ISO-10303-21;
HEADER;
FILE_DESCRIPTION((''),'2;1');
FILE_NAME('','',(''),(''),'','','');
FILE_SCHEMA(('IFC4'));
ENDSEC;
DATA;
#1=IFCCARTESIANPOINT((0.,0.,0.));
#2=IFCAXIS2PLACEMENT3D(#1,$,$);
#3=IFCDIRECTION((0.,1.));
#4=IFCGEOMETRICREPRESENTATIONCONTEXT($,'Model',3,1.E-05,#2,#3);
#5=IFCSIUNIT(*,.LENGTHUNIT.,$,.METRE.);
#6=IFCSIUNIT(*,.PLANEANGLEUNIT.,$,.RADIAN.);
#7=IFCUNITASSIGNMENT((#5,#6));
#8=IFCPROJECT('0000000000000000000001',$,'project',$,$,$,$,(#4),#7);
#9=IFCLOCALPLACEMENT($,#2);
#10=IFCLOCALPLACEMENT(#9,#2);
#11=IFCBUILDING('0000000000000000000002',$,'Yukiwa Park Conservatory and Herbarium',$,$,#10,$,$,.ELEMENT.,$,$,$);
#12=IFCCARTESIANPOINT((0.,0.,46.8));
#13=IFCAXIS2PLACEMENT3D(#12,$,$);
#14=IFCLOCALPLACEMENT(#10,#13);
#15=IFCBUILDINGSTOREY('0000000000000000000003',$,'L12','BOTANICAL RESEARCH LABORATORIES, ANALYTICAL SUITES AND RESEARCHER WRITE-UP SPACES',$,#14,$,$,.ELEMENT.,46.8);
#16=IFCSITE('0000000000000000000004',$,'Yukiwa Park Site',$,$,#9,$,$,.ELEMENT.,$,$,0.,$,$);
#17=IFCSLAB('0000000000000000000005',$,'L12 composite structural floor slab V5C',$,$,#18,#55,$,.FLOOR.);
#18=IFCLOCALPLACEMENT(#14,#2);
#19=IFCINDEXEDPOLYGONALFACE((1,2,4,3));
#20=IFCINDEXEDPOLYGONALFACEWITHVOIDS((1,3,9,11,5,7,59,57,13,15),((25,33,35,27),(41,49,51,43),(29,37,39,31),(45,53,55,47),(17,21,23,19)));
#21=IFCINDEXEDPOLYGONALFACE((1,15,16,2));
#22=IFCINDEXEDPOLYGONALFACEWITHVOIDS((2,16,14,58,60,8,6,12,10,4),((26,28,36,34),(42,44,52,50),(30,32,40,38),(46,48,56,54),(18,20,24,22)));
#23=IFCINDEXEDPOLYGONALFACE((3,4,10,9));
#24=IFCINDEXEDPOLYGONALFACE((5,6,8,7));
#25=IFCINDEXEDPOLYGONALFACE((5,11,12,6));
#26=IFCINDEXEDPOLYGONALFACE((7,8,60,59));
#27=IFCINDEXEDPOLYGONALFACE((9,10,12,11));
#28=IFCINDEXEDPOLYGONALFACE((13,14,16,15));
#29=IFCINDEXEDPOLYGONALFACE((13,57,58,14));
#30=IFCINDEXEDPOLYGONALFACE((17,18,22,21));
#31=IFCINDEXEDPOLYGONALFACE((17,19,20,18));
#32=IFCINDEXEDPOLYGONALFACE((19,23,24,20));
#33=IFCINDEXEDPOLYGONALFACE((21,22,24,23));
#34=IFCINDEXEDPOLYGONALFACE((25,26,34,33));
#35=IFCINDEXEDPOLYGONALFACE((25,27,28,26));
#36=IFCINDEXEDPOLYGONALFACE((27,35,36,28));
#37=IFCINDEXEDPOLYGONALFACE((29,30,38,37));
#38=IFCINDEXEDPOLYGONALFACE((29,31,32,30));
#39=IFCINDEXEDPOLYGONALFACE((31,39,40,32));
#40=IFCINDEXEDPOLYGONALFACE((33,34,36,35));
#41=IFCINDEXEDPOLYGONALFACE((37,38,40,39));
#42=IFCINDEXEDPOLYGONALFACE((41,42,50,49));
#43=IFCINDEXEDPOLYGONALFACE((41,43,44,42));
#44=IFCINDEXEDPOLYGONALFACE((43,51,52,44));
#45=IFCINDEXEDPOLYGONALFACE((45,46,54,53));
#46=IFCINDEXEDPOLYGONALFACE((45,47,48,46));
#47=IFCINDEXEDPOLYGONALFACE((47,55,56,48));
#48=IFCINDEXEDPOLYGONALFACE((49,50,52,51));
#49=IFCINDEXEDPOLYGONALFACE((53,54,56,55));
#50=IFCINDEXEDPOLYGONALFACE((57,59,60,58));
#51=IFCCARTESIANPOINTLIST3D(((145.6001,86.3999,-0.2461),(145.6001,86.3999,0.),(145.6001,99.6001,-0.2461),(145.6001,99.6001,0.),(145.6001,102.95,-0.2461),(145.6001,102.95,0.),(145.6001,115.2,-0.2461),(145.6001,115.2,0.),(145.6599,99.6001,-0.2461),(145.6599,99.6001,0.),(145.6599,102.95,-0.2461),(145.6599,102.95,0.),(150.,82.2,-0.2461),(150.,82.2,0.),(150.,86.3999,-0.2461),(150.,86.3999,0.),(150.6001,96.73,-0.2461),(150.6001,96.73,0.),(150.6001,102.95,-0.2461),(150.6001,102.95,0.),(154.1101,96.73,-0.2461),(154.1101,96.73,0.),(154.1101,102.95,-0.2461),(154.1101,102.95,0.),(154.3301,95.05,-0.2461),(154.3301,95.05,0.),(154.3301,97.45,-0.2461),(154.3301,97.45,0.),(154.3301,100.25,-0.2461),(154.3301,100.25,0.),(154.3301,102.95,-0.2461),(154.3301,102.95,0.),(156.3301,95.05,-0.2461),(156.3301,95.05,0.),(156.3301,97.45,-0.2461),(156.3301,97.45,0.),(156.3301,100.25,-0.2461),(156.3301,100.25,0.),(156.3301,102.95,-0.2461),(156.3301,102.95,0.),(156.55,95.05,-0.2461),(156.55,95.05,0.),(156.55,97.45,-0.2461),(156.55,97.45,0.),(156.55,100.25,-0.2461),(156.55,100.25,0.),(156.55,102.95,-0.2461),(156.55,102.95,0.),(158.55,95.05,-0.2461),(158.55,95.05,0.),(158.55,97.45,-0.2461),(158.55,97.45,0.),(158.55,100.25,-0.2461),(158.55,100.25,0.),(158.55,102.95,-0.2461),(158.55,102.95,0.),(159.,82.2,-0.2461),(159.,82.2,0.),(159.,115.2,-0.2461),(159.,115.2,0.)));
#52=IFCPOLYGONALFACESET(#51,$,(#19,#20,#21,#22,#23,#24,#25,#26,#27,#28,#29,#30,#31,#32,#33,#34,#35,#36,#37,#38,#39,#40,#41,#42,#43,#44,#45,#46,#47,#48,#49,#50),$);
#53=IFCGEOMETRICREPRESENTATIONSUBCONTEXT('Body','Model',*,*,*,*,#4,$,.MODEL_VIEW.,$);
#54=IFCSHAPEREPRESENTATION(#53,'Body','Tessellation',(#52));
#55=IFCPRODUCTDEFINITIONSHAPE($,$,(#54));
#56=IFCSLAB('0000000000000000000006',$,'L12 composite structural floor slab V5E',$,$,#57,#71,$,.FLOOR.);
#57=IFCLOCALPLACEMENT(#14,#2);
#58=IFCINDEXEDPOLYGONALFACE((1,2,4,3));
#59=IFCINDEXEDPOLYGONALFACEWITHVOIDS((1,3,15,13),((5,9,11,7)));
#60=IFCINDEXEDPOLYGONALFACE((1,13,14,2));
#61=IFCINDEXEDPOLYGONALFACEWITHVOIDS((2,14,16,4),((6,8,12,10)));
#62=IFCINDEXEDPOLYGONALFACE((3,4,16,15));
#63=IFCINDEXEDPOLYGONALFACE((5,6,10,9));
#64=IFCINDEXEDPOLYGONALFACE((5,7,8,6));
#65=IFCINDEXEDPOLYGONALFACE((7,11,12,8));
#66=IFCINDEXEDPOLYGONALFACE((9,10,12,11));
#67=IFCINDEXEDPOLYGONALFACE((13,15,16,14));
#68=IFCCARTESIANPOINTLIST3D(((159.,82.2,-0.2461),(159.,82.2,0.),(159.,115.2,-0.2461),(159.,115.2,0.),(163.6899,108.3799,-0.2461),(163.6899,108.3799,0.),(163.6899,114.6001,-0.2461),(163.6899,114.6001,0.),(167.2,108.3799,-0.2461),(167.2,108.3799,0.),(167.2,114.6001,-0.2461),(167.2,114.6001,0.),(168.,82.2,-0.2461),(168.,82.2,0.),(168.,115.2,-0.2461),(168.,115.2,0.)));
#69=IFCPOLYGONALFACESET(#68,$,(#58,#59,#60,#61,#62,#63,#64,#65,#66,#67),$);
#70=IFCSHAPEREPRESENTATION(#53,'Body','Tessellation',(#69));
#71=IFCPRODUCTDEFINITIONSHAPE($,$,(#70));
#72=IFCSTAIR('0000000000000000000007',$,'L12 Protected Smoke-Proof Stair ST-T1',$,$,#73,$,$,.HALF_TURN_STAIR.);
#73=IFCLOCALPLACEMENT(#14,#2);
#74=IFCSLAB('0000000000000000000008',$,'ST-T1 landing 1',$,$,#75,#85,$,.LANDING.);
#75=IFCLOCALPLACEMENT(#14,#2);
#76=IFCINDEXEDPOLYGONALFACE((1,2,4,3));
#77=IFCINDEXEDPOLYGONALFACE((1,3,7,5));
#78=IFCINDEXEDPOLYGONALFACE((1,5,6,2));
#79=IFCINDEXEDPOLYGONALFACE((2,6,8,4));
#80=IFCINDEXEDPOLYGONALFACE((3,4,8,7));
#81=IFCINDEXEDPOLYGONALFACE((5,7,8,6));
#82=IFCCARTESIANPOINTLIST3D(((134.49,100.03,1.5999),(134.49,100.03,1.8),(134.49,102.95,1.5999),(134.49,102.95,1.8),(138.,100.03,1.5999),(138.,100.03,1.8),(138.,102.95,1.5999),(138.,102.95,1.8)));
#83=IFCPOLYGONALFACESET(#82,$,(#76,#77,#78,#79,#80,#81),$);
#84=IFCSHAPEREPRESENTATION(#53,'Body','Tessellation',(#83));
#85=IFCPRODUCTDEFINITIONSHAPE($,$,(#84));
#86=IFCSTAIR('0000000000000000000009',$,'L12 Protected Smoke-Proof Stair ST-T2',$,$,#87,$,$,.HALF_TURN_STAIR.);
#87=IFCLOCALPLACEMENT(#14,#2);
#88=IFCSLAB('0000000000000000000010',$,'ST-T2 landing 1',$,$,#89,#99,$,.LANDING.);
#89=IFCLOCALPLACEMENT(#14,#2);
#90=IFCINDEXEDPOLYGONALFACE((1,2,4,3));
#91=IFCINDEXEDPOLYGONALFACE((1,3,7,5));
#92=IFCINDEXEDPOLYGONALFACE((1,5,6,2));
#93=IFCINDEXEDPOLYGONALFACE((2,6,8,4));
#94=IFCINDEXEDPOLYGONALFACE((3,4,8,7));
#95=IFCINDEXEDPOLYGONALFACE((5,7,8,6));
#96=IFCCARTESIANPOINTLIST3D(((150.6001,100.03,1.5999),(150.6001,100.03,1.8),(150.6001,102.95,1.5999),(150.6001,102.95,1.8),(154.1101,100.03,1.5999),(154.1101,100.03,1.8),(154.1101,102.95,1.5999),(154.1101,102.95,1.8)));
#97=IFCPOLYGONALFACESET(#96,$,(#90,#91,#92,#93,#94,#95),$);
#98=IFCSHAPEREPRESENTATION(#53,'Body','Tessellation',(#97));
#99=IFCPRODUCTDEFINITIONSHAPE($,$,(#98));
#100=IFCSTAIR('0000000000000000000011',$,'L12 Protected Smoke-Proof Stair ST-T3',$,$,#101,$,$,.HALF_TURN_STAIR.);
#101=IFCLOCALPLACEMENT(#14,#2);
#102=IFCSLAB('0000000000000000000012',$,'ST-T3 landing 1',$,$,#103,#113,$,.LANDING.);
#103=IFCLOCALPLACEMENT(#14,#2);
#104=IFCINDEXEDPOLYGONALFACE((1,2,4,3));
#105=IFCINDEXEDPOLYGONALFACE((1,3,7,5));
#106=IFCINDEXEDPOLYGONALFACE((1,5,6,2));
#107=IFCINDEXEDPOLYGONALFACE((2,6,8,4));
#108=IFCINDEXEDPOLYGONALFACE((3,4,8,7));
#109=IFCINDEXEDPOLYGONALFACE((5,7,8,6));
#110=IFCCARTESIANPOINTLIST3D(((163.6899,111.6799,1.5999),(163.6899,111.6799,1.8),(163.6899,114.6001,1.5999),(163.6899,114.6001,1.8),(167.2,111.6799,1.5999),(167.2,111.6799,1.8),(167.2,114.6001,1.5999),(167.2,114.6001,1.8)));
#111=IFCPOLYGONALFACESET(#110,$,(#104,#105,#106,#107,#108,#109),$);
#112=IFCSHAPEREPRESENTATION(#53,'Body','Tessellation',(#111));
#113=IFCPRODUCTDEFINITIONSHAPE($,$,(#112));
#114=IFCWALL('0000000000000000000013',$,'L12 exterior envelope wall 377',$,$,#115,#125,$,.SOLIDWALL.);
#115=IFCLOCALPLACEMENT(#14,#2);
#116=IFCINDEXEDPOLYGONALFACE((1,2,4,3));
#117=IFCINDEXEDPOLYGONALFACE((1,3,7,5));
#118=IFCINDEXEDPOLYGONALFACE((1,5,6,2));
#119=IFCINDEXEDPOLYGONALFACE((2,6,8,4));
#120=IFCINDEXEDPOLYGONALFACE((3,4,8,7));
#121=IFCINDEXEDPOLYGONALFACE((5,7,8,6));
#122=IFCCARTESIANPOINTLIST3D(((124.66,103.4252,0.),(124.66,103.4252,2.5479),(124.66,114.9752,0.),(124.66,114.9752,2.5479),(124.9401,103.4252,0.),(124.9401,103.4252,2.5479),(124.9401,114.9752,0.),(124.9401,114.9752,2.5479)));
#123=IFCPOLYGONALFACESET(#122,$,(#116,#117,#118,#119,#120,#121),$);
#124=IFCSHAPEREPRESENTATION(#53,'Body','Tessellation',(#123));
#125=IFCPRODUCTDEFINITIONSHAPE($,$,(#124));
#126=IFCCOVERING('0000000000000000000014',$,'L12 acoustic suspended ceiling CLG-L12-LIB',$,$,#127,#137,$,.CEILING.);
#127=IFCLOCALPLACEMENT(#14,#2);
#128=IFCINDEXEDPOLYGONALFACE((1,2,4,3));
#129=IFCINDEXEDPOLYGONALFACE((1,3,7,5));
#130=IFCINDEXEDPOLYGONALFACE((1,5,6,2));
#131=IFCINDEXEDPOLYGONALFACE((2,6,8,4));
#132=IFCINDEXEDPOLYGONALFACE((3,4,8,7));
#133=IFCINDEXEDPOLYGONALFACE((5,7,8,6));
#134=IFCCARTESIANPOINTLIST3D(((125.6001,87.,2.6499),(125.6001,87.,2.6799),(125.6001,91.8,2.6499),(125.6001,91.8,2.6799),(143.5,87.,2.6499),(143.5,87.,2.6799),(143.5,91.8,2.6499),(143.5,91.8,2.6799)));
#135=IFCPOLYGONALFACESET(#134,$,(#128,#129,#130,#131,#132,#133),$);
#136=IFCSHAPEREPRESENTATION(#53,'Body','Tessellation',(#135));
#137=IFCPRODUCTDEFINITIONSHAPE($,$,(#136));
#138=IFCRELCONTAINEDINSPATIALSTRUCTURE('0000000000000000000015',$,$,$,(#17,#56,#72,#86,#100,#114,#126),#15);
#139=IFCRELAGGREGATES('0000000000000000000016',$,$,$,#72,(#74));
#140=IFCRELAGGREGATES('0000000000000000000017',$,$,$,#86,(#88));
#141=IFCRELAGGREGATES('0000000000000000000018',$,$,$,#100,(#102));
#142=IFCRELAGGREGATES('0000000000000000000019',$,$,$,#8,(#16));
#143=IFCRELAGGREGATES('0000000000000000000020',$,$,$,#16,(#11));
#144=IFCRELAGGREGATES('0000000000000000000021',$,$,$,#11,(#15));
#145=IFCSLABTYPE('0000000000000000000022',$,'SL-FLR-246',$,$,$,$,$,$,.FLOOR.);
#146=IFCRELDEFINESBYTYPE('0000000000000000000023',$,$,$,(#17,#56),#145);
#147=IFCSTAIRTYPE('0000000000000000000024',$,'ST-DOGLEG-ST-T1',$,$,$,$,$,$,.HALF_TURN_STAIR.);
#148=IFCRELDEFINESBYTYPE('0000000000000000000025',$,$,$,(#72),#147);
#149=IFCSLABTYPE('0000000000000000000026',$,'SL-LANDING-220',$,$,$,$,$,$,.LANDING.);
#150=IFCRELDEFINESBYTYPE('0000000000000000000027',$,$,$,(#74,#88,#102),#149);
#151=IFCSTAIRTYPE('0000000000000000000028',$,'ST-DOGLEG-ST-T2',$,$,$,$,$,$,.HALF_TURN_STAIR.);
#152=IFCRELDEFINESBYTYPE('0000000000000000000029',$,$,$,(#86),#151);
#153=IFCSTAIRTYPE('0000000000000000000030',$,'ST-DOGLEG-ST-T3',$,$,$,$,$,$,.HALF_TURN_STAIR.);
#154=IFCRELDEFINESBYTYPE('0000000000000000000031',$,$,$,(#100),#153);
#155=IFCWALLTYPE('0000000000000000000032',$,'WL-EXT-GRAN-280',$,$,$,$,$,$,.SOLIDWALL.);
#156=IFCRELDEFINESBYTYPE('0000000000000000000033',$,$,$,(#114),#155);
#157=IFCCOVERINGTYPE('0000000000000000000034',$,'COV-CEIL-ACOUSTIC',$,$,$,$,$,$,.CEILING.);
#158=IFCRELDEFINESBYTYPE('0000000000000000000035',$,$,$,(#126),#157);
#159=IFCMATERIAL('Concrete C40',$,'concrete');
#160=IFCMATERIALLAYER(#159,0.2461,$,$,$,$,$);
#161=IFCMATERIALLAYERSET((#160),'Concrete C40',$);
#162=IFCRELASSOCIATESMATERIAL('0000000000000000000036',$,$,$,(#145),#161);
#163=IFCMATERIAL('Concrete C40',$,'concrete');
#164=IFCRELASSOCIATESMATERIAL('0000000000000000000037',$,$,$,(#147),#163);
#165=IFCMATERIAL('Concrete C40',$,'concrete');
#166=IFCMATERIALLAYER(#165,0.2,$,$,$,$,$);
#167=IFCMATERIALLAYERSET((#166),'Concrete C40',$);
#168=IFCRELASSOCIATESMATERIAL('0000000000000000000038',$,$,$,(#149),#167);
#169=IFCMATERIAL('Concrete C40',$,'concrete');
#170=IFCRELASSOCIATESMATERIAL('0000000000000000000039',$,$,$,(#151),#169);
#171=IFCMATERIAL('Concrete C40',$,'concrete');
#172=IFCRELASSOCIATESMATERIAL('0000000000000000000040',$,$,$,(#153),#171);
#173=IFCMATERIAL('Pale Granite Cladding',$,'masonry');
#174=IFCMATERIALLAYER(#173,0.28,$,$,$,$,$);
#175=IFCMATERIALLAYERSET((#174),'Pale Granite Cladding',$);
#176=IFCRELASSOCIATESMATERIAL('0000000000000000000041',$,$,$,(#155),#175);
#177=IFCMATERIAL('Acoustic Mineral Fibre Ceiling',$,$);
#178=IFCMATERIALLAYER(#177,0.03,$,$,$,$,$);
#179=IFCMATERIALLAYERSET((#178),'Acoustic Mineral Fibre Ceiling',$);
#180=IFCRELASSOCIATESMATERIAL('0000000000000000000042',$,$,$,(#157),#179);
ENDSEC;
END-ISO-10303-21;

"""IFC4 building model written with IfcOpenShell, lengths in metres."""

from ifc_helpers import new_model, si_unit, direction, frame, frame_2d, origin, place, context, subcontext, project, spatial, polyline, rectangle, outline, extrude, material, layer, layer_set, type_object, element, aggregate, save


model = new_model("IFC4")

# Units and contexts
model_context = context("Model", 3, precision=1e-05, world=origin(), true_north=direction((0.0, 1.0)))
body_context = subcontext(model_context, "Body", "Model", "MODEL_VIEW")
ifc_project = project(units=[si_unit("LENGTHUNIT", "METRE"), si_unit("PLANEANGLEUNIT", "RADIAN")], contexts=[model_context])

# Site, building, storey
site_placement = place(None, origin())
site = spatial("IfcSite", under=ifc_project, at=site_placement, Name="Yukiwa Park Site", CompositionType="ELEMENT", RefElevation=0.0)
building_placement = place(site_placement, origin())
building = spatial("IfcBuilding", under=site, at=building_placement, Name="Yukiwa Park Conservatory and Herbarium", CompositionType="ELEMENT")
storey_placement = place(building_placement, frame((0.0, 0.0, 46.8)))
storey = spatial("IfcBuildingStorey", under=building, at=storey_placement, Name="L12", Description="BOTANICAL RESEARCH LABORATORIES, ANALYTICAL SUITES AND RESEARCHER WRITE-UP SPACES", CompositionType="ELEMENT", Elevation=46.8)

# Slabs
ifc_material_1 = material(Name="Concrete C40", Category="concrete")
ifc_layer_1 = layer(ifc_material_1, 0.2461)
ifc_layer_set_1 = layer_set([ifc_layer_1], Name="Concrete C40")
slab_type_1 = type_object("IfcSlabType", Name="SL-FLR-246", PredefinedType="FLOOR", material=ifc_layer_set_1)
slab_1_placement = place(storey_placement, frame((0.0, 0.0, -0.2461)))
element("IfcSlab", 1, at=slab_1_placement, inside=storey, type_object=slab_type_1, Name="L12 composite structural floor slab V5C", PredefinedType="FLOOR", context=body_context, shape_type="SweptSolid", body=[
    extrude(outline(polyline([(150.0, 86.3999), (145.6001, 86.3999), (145.6001, 99.6001), (145.6599, 99.6001), (145.6599, 102.95), (145.6001, 102.95), (145.6001, 115.2), (159.0, 115.2), (159.0, 82.2), (150.0, 82.2), (150.0, 86.3999)]), holes=[polyline([(154.3301, 97.45), (154.3301, 95.05), (156.3301, 95.05), (156.3301, 97.45), (154.3301, 97.45)]), polyline([(156.55, 97.45), (156.55, 95.05), (158.55, 95.05), (158.55, 97.45), (156.55, 97.45)]), polyline([(154.1101, 102.95), (150.6001, 102.95), (150.6001, 96.73), (154.1101, 96.73), (154.1101, 102.95)]), polyline([(154.3301, 102.95), (154.3301, 100.25), (156.3301, 100.25), (156.3301, 102.95), (154.3301, 102.95)]), polyline([(158.55, 102.95), (156.55, 102.95), (156.55, 100.25), (158.55, 100.25), (158.55, 102.95)])]), origin(), (0.0, 0.0, 1.0), 0.2461),
])
slab_2_placement = place(storey_placement, frame((0.0, 0.0, -0.2461)))
element("IfcSlab", 2, at=slab_2_placement, inside=storey, type_object=slab_type_1, Name="L12 composite structural floor slab V5E", PredefinedType="FLOOR", context=body_context, shape_type="SweptSolid", body=[
    extrude(outline(polyline([(168.0, 82.2), (159.0, 82.2), (159.0, 115.2), (168.0, 115.2), (168.0, 82.2)]), holes=[polyline([(167.2, 114.6001), (163.6899, 114.6001), (163.6899, 108.3799), (167.2, 108.3799), (167.2, 114.6001)])]), origin(), (0.0, 0.0, 1.0), 0.2461),
])

# Stairs, slabs
ifc_material_2 = material(Name="Concrete C40", Category="concrete")
stair_type_1 = type_object("IfcStairType", Name="ST-DOGLEG-ST-T1", PredefinedType="HALF_TURN_STAIR", material=ifc_material_2)
stair_1_placement = place(storey_placement, origin())
stair_1 = element("IfcStair", 3, at=stair_1_placement, inside=storey, type_object=stair_type_1, Name="L12 Protected Smoke-Proof Stair ST-T1", PredefinedType="HALF_TURN_STAIR")
ifc_material_3 = material(Name="Concrete C40", Category="concrete")
ifc_layer_2 = layer(ifc_material_3, 0.2)
ifc_layer_set_2 = layer_set([ifc_layer_2], Name="Concrete C40")
slab_type_2 = type_object("IfcSlabType", Name="SL-LANDING-220", PredefinedType="LANDING", material=ifc_layer_set_2)
slab_3_placement = place(storey_placement, frame((0.0, 0.0, 1.5999)))
slab_3 = element("IfcSlab", 4, at=slab_3_placement, type_object=slab_type_2, Name="ST-T1 landing 1", PredefinedType="LANDING", context=body_context, shape_type="SweptSolid", body=[
    extrude(outline(polyline([(138.0, 100.03), (138.0, 102.95), (134.49, 102.95), (134.49, 100.03), (138.0, 100.03)])), origin(), (0.0, 0.0, 1.0), 0.2002),
])
aggregate(stair_1, [slab_3])
ifc_material_4 = material(Name="Concrete C40", Category="concrete")
stair_type_2 = type_object("IfcStairType", Name="ST-DOGLEG-ST-T2", PredefinedType="HALF_TURN_STAIR", material=ifc_material_4)
stair_2_placement = place(storey_placement, origin())
stair_2 = element("IfcStair", 5, at=stair_2_placement, inside=storey, type_object=stair_type_2, Name="L12 Protected Smoke-Proof Stair ST-T2", PredefinedType="HALF_TURN_STAIR")
slab_4_placement = place(storey_placement, frame((0.0, 0.0, 1.5999)))
slab_4 = element("IfcSlab", 6, at=slab_4_placement, type_object=slab_type_2, Name="ST-T2 landing 1", PredefinedType="LANDING", context=body_context, shape_type="SweptSolid", body=[
    extrude(outline(polyline([(154.1101, 100.03), (154.1101, 102.95), (150.6001, 102.95), (150.6001, 100.03), (154.1101, 100.03)])), origin(), (0.0, 0.0, 1.0), 0.2002),
])
aggregate(stair_2, [slab_4])
ifc_material_5 = material(Name="Concrete C40", Category="concrete")
stair_type_3 = type_object("IfcStairType", Name="ST-DOGLEG-ST-T3", PredefinedType="HALF_TURN_STAIR", material=ifc_material_5)
stair_3_placement = place(storey_placement, origin())
stair_3 = element("IfcStair", 7, at=stair_3_placement, inside=storey, type_object=stair_type_3, Name="L12 Protected Smoke-Proof Stair ST-T3", PredefinedType="HALF_TURN_STAIR")
slab_5_placement = place(storey_placement, frame((0.0, 0.0, 1.5999)))
slab_5 = element("IfcSlab", 8, at=slab_5_placement, type_object=slab_type_2, Name="ST-T3 landing 1", PredefinedType="LANDING", context=body_context, shape_type="SweptSolid", body=[
    extrude(outline(polyline([(167.2, 111.6799), (167.2, 114.6001), (163.6899, 114.6001), (163.6899, 111.6799), (167.2, 111.6799)])), origin(), (0.0, 0.0, 1.0), 0.2002),
])
aggregate(stair_3, [slab_5])

# Wall
ifc_material_6 = material(Name="Pale Granite Cladding", Category="masonry")
ifc_layer_3 = layer(ifc_material_6, 0.28)
ifc_layer_set_3 = layer_set([ifc_layer_3], Name="Pale Granite Cladding")
wall_type = type_object("IfcWallType", Name="WL-EXT-GRAN-280", PredefinedType="SOLIDWALL", material=ifc_layer_set_3)
wall_placement = place(storey_placement, frame((124.8, 114.9751, 0.0), z_axis=(0.0, 0.0, 1.0), x_axis=(0.0, -1.0, 0.0)))
element("IfcWall", 9, at=wall_placement, inside=storey, type_object=wall_type, Name="L12 exterior envelope wall 377", PredefinedType="SOLIDWALL", context=body_context, shape_type="SweptSolid", body=[
    extrude(rectangle(XDim=11.55, YDim=0.28, at=frame_2d((5.7749, 0.0))), origin(), (0.0, 0.0, 1.0), 2.5479),
])

# Covering
ifc_material_7 = material(Name="Acoustic Mineral Fibre Ceiling")
ifc_layer_4 = layer(ifc_material_7, 0.03)
ifc_layer_set_4 = layer_set([ifc_layer_4], Name="Acoustic Mineral Fibre Ceiling")
covering_type = type_object("IfcCoveringType", Name="COV-CEIL-ACOUSTIC", PredefinedType="CEILING", material=ifc_layer_set_4)
covering_placement = place(storey_placement, frame((0.0, 0.0, 2.6499)))
element("IfcCovering", 10, at=covering_placement, inside=storey, type_object=covering_type, Name="L12 acoustic suspended ceiling CLG-L12-LIB", PredefinedType="CEILING", context=body_context, shape_type="SweptSolid", body=[
    extrude(outline(polyline([(125.6001, 87.0), (143.5, 87.0), (143.5, 91.8), (125.6001, 91.8), (125.6001, 87.0)])), origin(), (0.0, 0.0, 1.0), 0.03),
])

save(model, "model.ifc")
